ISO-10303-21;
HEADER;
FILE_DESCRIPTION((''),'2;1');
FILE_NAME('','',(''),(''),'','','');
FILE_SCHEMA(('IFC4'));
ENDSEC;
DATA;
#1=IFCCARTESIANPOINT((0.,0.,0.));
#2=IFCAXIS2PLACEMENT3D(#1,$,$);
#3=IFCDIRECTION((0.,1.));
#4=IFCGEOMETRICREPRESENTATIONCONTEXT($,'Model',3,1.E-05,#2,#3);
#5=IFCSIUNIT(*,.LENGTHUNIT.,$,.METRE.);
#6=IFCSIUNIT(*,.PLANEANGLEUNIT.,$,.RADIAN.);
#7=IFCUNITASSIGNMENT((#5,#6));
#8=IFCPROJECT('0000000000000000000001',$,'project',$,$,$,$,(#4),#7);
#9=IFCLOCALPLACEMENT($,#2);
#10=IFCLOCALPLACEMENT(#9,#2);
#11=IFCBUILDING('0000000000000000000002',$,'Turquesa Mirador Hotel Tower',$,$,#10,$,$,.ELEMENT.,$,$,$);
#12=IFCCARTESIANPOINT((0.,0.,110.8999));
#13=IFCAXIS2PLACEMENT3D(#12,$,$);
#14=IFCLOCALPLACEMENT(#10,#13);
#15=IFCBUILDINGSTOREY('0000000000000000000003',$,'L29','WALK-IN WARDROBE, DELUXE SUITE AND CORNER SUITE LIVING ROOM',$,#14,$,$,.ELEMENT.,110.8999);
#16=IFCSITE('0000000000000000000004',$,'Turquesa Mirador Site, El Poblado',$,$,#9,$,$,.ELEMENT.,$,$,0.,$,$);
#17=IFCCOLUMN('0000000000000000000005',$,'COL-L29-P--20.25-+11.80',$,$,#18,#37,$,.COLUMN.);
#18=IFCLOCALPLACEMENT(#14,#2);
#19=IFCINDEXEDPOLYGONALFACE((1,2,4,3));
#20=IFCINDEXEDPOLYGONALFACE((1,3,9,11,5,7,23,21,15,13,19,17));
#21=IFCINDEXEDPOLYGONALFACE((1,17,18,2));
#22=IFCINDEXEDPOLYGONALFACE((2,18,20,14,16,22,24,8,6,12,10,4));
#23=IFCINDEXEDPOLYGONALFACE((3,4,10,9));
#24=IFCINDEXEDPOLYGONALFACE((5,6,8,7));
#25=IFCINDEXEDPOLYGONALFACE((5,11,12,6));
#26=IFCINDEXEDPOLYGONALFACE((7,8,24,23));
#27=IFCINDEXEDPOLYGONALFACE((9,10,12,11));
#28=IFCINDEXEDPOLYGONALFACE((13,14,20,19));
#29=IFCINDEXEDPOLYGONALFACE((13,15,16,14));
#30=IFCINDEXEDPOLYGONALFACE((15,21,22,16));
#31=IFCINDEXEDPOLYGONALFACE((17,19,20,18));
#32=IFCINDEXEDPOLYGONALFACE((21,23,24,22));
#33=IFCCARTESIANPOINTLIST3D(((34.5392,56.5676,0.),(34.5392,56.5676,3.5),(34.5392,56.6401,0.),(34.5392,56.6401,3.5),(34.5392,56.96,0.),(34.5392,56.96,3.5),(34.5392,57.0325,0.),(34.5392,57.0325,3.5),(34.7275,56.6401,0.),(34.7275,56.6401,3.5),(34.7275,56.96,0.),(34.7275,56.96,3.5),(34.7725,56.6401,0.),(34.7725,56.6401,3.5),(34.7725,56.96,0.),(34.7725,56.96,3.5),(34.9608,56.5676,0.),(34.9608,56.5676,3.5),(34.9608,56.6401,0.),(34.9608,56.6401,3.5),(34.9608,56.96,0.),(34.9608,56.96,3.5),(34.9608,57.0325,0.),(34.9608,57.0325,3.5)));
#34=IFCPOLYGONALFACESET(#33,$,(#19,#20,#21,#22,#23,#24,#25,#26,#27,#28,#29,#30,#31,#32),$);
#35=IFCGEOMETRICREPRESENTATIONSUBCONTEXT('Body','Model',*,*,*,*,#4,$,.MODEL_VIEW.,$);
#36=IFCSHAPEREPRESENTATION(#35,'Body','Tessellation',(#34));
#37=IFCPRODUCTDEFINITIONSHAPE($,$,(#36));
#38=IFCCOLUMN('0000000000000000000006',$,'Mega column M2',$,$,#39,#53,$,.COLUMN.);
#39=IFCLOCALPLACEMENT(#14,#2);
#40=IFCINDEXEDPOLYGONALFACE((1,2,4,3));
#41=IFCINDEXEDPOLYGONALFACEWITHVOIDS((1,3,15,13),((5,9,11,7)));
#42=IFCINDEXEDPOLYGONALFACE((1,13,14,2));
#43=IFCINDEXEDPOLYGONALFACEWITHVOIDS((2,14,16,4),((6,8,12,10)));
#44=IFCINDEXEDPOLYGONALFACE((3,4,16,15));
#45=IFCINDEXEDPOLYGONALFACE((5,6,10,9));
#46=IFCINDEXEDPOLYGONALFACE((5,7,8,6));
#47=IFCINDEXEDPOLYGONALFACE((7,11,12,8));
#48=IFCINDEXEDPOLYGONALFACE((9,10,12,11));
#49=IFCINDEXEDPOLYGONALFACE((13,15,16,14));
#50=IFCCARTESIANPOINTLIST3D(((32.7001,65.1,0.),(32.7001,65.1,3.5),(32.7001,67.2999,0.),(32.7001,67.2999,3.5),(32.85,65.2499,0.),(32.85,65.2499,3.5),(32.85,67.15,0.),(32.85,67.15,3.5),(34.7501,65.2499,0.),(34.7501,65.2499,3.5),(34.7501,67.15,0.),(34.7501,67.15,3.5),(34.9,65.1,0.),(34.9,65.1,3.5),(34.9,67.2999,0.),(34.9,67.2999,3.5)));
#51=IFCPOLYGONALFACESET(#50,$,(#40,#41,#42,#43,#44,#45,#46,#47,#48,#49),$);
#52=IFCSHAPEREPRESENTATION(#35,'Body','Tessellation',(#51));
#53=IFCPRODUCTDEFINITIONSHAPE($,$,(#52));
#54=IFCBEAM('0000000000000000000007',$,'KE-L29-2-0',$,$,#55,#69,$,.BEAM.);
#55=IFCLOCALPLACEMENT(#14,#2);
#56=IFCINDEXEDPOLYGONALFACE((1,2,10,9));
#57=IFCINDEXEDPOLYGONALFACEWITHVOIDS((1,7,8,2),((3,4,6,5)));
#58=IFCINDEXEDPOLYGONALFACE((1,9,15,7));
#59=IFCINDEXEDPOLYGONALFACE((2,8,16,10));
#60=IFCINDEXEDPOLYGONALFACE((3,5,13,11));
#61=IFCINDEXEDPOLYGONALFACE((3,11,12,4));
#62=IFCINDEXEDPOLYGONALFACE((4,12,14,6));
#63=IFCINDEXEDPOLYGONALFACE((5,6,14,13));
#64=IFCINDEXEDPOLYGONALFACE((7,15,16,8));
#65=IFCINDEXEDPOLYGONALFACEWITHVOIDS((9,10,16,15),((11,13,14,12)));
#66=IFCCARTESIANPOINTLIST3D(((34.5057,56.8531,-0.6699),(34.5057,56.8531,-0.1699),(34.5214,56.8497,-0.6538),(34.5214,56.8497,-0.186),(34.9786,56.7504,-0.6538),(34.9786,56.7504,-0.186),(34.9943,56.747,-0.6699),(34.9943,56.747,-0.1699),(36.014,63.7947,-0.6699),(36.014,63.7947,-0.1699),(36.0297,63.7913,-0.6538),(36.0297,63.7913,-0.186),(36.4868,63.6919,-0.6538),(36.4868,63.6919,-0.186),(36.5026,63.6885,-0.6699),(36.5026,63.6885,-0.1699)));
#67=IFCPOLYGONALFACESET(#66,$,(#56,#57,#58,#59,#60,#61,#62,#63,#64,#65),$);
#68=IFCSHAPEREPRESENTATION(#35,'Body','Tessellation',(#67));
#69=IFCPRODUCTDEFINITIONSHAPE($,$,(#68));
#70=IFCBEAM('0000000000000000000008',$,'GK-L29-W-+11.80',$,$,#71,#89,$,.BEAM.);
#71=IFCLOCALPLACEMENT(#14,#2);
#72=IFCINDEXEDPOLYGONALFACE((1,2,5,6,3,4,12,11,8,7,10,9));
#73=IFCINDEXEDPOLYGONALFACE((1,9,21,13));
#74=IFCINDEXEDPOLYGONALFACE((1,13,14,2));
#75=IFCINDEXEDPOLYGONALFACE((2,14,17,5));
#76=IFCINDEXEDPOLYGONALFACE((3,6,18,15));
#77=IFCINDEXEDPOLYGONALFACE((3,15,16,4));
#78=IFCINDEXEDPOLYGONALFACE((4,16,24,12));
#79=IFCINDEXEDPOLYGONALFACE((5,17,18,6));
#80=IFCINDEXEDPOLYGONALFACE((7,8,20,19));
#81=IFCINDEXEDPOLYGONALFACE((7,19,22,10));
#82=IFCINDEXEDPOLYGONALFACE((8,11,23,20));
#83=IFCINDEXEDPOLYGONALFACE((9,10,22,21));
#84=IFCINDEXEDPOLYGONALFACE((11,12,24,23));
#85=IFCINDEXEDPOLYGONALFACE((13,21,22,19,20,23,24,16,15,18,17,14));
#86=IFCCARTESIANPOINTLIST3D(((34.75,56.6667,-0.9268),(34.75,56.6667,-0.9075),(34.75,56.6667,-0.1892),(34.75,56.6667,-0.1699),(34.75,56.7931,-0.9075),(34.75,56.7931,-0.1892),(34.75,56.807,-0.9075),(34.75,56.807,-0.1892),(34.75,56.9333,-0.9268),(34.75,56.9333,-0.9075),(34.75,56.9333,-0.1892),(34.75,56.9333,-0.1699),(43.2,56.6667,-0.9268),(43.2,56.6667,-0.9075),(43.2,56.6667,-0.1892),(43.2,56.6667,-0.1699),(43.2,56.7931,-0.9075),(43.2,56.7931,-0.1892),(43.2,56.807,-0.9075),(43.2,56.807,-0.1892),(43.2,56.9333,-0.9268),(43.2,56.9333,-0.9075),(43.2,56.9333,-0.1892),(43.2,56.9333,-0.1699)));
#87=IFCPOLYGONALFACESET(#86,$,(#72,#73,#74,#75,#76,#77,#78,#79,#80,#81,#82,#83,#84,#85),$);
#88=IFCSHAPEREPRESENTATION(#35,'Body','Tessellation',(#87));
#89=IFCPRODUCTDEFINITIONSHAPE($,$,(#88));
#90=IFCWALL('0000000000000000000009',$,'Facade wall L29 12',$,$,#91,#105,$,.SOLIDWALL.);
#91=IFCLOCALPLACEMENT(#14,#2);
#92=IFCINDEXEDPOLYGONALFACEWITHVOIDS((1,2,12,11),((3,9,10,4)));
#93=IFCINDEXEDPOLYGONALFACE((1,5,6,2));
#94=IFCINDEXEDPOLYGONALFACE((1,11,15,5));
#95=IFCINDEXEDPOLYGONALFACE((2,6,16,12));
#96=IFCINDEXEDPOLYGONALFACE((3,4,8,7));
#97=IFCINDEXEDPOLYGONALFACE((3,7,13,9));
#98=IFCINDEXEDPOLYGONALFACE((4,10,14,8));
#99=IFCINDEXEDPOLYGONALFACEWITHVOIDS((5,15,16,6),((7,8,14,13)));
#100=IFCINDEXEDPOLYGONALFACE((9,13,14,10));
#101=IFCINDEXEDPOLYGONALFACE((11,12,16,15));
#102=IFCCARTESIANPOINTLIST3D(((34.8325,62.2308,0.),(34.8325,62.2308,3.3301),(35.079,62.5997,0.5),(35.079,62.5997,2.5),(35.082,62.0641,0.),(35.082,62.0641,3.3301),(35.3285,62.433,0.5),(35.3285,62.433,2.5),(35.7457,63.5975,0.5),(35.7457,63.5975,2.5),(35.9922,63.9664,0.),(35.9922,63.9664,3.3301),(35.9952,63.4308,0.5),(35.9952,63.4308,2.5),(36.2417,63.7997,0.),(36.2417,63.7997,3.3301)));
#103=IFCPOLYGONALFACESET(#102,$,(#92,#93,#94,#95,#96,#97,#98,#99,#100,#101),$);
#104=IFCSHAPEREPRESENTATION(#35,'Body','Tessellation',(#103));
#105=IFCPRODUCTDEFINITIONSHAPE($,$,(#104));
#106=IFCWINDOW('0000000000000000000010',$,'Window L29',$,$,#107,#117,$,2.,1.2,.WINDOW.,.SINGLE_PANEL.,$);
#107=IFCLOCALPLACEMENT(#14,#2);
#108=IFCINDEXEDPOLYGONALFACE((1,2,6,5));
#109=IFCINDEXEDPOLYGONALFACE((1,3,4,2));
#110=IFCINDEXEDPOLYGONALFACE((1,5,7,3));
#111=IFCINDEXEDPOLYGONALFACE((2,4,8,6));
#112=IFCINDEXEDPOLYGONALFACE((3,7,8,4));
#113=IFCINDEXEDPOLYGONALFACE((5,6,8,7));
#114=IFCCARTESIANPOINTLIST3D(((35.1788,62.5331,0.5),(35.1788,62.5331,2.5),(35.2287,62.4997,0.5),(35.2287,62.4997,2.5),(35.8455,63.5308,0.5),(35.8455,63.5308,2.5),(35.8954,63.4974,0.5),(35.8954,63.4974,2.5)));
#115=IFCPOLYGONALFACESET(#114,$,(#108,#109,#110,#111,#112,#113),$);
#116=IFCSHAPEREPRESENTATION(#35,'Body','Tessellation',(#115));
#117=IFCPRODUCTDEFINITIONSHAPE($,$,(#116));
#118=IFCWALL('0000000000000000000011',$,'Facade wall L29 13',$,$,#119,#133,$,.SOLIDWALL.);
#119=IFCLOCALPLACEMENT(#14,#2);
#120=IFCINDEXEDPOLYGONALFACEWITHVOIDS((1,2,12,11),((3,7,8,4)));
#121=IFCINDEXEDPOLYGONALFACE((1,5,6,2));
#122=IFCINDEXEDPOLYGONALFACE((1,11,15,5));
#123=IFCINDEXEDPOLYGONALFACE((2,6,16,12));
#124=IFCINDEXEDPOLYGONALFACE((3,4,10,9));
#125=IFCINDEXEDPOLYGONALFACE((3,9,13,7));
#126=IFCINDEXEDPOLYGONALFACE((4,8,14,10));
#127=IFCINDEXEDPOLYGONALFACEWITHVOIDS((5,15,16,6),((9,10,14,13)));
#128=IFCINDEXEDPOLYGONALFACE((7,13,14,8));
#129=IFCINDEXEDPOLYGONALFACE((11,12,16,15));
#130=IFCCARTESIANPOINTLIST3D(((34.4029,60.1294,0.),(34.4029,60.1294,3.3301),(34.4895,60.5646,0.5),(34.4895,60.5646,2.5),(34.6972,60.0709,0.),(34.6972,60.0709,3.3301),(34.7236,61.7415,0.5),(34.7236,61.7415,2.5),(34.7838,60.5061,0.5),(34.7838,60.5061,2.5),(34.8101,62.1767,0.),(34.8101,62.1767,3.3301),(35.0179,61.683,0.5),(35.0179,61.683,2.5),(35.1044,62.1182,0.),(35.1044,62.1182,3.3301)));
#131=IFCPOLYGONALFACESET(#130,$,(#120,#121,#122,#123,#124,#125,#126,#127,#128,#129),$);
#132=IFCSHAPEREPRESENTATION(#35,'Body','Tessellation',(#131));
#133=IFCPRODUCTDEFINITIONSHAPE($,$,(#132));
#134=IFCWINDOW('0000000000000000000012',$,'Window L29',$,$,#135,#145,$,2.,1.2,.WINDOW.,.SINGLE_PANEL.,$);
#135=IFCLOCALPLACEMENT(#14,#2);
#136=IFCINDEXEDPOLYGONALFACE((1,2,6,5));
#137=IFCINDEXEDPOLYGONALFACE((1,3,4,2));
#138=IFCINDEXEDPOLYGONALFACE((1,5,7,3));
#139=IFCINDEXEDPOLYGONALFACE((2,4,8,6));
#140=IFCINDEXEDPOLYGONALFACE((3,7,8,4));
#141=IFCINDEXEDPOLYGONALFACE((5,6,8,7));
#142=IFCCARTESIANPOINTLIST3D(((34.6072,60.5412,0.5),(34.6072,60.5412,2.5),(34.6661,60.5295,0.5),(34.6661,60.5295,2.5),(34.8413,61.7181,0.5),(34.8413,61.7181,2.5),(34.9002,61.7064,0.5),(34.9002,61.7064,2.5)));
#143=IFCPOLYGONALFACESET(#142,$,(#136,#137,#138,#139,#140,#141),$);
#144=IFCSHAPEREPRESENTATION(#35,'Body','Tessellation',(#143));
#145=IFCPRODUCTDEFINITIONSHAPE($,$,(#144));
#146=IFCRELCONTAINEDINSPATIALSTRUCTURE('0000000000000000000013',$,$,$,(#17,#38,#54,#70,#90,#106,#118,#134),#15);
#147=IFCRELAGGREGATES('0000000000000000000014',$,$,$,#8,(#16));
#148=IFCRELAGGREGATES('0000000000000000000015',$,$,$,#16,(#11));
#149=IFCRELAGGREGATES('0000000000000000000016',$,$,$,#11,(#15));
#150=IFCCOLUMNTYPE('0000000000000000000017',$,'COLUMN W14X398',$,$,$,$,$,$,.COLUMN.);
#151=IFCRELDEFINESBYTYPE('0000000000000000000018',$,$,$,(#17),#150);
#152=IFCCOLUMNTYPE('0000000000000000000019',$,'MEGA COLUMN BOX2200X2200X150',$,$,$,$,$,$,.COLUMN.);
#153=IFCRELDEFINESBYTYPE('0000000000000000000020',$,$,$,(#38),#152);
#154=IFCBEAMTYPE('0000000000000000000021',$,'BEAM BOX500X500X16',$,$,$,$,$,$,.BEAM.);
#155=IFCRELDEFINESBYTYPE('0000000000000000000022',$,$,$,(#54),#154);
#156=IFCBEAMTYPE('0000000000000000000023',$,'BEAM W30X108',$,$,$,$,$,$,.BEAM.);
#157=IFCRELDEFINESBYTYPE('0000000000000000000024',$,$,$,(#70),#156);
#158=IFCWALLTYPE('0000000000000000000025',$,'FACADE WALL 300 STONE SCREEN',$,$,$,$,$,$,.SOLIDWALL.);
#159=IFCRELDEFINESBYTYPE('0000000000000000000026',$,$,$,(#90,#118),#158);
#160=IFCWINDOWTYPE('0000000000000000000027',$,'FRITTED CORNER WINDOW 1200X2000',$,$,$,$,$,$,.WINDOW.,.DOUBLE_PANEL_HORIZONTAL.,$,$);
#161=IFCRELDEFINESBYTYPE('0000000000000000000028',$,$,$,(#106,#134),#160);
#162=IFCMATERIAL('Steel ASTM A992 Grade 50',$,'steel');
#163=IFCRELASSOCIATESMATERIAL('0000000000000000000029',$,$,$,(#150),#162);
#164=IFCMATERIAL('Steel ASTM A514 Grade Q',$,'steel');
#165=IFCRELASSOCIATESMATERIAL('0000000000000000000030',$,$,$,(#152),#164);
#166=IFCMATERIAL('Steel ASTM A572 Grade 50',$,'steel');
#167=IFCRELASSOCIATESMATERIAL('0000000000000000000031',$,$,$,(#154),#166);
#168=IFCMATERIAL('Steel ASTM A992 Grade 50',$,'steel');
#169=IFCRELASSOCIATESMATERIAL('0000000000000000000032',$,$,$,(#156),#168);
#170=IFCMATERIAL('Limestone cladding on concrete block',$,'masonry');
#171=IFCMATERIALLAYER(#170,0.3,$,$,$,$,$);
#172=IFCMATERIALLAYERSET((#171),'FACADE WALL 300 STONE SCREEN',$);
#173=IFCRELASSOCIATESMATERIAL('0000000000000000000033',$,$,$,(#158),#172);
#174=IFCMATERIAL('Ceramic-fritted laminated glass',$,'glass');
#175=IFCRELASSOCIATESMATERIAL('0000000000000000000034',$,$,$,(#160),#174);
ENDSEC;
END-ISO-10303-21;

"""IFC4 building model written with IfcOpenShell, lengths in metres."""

from ifc_helpers import new_model, si_unit, direction, frame, frame_2d, origin, origin_2d, place, context, subcontext, project, spatial, rectangle, hollow_rectangle, i_section, extrude, material, layer, layer_set, material_profile, profile_set, type_object, element, fill, save


model = new_model("IFC4")

# Units and contexts
model_context = context("Model", 3, precision=1e-05, world=origin(), true_north=direction((0.0, 1.0)))
body_context = subcontext(model_context, "Body", "Model", "MODEL_VIEW")
ifc_project = project(units=[si_unit("LENGTHUNIT", "METRE"), si_unit("PLANEANGLEUNIT", "RADIAN")], contexts=[model_context])

# Site, building, storey
site_placement = place(None, origin())
site = spatial("IfcSite", under=ifc_project, at=site_placement, Name="Turquesa Mirador Site, El Poblado", CompositionType="ELEMENT", RefElevation=0.0)
building_placement = place(site_placement, origin())
building = spatial("IfcBuilding", under=site, at=building_placement, Name="Turquesa Mirador Hotel Tower", CompositionType="ELEMENT")
storey_placement = place(building_placement, frame((0.0, 0.0, 110.8999)))
storey = spatial("IfcBuildingStorey", under=building, at=storey_placement, Name="L29", Description="WALK-IN WARDROBE, DELUXE SUITE AND CORNER SUITE LIVING ROOM", CompositionType="ELEMENT", Elevation=110.8999)

# Columns
ifc_material_1 = material(Name="Steel ASTM A992 Grade 50", Category="steel")
ifc_material_profile_1 = material_profile(ifc_material_1, i_section(OverallWidth=0.4216, OverallDepth=0.4648, WebThickness=0.0449, FlangeThickness=0.0725, at=origin_2d()), Name="W14X398")
ifc_profile_set_1 = profile_set([ifc_material_profile_1], Name="Steel ASTM A992 Grade 50")
column_type_1 = type_object("IfcColumnType", Name="COLUMN W14X398", PredefinedType="COLUMN", material=ifc_profile_set_1)
column_1_placement = place(storey_placement, frame((34.75, 56.8, 0.0), z_axis=(0.0, 0.0, 1.0), x_axis=(1.0, 0.0, 0.0)))
element("IfcColumn", 1, at=column_1_placement, inside=storey, type_object=column_type_1, Name="COL-L29-P--20.25-+11.80", PredefinedType="COLUMN", context=body_context, shape_type="SweptSolid", body=[
    extrude(i_section(OverallWidth=0.4216, OverallDepth=0.4648, WebThickness=0.0449, FlangeThickness=0.0725, at=origin_2d()), origin(), (0.0, 0.0, 1.0), 3.5),
])
ifc_material_2 = material(Name="Steel ASTM A514 Grade Q", Category="steel")
ifc_material_profile_2 = material_profile(ifc_material_2, hollow_rectangle(XDim=2.2, YDim=2.2, WallThickness=0.1499, at=origin_2d()), Name="BOX2200X2200X150")
ifc_profile_set_2 = profile_set([ifc_material_profile_2], Name="Steel ASTM A514 Grade Q")
column_type_2 = type_object("IfcColumnType", Name="MEGA COLUMN BOX2200X2200X150", PredefinedType="COLUMN", material=ifc_profile_set_2)
column_2_placement = place(storey_placement, frame((33.8, 66.2, 0.0), z_axis=(0.0, 0.0, 1.0), x_axis=(1.0, 0.0, 0.0)))
element("IfcColumn", 2, at=column_2_placement, inside=storey, type_object=column_type_2, Name="Mega column M2", PredefinedType="COLUMN", context=body_context, shape_type="SweptSolid", body=[
    extrude(hollow_rectangle(XDim=2.2, YDim=2.2, WallThickness=0.1499, at=origin_2d()), origin(), (0.0, 0.0, 1.0), 3.5),
])

# Beams
ifc_material_3 = material(Name="Steel ASTM A572 Grade 50", Category="steel")
ifc_material_profile_3 = material_profile(ifc_material_3, hollow_rectangle(XDim=0.5, YDim=0.5, WallThickness=0.0161, at=origin_2d()), Name="BOX500X500X16")
ifc_profile_set_3 = profile_set([ifc_material_profile_3], Name="Steel ASTM A572 Grade 50")
beam_type_1 = type_object("IfcBeamType", Name="BEAM BOX500X500X16", PredefinedType="BEAM", material=ifc_profile_set_3)
beam_1_placement = place(storey_placement, frame((34.75, 56.8, -0.4199), z_axis=(0.212328, 0.977198, 0.0), x_axis=(-0.977198, 0.212328, 0.0)))
element("IfcBeam", 3, at=beam_1_placement, inside=storey, type_object=beam_type_1, Name="KE-L29-2-0", PredefinedType="BEAM", context=body_context, shape_type="SweptSolid", body=[
    extrude(hollow_rectangle(XDim=0.5, YDim=0.5, WallThickness=0.0161, at=origin_2d()), origin(), (0.0, 0.0, 1.0), 7.1035),
])
ifc_material_4 = material(Name="Steel ASTM A992 Grade 50", Category="steel")
ifc_material_profile_4 = material_profile(ifc_material_4, i_section(OverallWidth=0.2666, OverallDepth=0.7568, WebThickness=0.0139, FlangeThickness=0.0193, at=origin_2d()), Name="W30X108")
ifc_profile_set_4 = profile_set([ifc_material_profile_4], Name="Steel ASTM A992 Grade 50")
beam_type_2 = type_object("IfcBeamType", Name="BEAM W30X108", PredefinedType="BEAM", material=ifc_profile_set_4)
beam_2_placement = place(storey_placement, frame((34.75, 56.8, -0.5483), z_axis=(1.0, 0.0, 0.0), x_axis=(0.0, 1.0, 0.0)))
element("IfcBeam", 4, at=beam_2_placement, inside=storey, type_object=beam_type_2, Name="GK-L29-W-+11.80", PredefinedType="BEAM", context=body_context, shape_type="SweptSolid", body=[
    extrude(i_section(OverallWidth=0.2666, OverallDepth=0.7568, WebThickness=0.0139, FlangeThickness=0.0193, at=origin_2d()), origin(), (0.0, 0.0, 1.0), 8.45),
])

# Walls, openings, windows
ifc_material_5 = material(Name="Limestone cladding on concrete block", Category="masonry")
ifc_layer_1 = layer(ifc_material_5, 0.3)
ifc_layer_set_1 = layer_set([ifc_layer_1], Name="FACADE WALL 300 STONE SCREEN")
wall_type_1 = type_object("IfcWallType", Name="FACADE WALL 300 STONE SCREEN", PredefinedType="SOLIDWALL", material=ifc_layer_set_1)
wall_1_placement = place(storey_placement, frame((36.1169, 63.8831, 0.0), z_axis=(0.0, 0.0, 1.0), x_axis=(-0.555564, -0.831474, 0.0)))
wall_1 = element("IfcWall", 5, at=wall_1_placement, inside=storey, type_object=wall_type_1, Name="Facade wall L29 12", PredefinedType="SOLIDWALL", context=body_context, shape_type="SweptSolid", body=[
    extrude(rectangle(XDim=2.0874, YDim=0.3, at=frame_2d((1.0437, 0.0))), origin(), (0.0, 0.0, 1.0), 3.3301),
])
opening_1_placement = place(wall_1_placement, frame((0.4436, 0.0, 0.5)))
opening_1 = element("IfcOpeningElement", 6, at=opening_1_placement, cuts=wall_1, PredefinedType="OPENING", context=body_context, shape_type="SweptSolid", body=[
    extrude(rectangle(XDim=1.2, YDim=2.0, at=frame_2d((0.6001, 1.0))), frame((0.0, 0.1599, 0.0), z_axis=(0.0, -1.0, 0.0), x_axis=(1.0, 0.0, 0.0)), (0.0, 0.0, 1.0), 0.3201),
])
ifc_material_6 = material(Name="Ceramic-fritted laminated glass", Category="glass")
window_type_1 = type_object("IfcWindowType", Name="FRITTED CORNER WINDOW 1200X2000", PartitioningType="DOUBLE_PANEL_HORIZONTAL", PredefinedType="WINDOW", material=ifc_material_6)
window_1_placement = place(opening_1_placement, origin())
window_1 = element("IfcWindow", 7, at=window_1_placement, inside=storey, type_object=window_type_1, Name="Window L29", OverallHeight=2.0, OverallWidth=1.2, PartitioningType="SINGLE_PANEL", PredefinedType="WINDOW", context=body_context, shape_type="SweptSolid", body=[
    extrude(rectangle(XDim=1.2, YDim=2.0, at=frame_2d((0.6001, 1.0))), frame((0.0, 0.03, 0.0), z_axis=(0.0, -1.0, 0.0), x_axis=(1.0, 0.0, 0.0)), (0.0, 0.0, 1.0), 0.0601),
])
fill(opening_1, window_1)
wall_2_placement = place(storey_placement, frame((34.9573, 62.1475, 0.0), z_axis=(0.0, 0.0, 1.0), x_axis=(-0.195081, -0.980787, 0.0)))
wall_2 = element("IfcWall", 8, at=wall_2_placement, inside=storey, type_object=wall_type_1, Name="Facade wall L29 13", PredefinedType="SOLIDWALL", context=body_context, shape_type="SweptSolid", body=[
    extrude(rectangle(XDim=2.0874, YDim=0.3, at=frame_2d((1.0437, 0.0))), origin(), (0.0, 0.0, 1.0), 3.3301),
])
opening_2_placement = place(wall_2_placement, frame((0.4436, 0.0, 0.5)))
opening_2 = element("IfcOpeningElement", 9, at=opening_2_placement, cuts=wall_2, PredefinedType="OPENING", context=body_context, shape_type="SweptSolid", body=[
    extrude(rectangle(XDim=1.2, YDim=2.0, at=frame_2d((0.6001, 1.0))), frame((0.0, 0.1599, 0.0), z_axis=(0.0, -1.0, 0.0), x_axis=(1.0, 0.0, 0.0)), (0.0, 0.0, 1.0), 0.3201),
])
window_2_placement = place(opening_2_placement, origin())
window_2 = element("IfcWindow", 10, at=window_2_placement, inside=storey, type_object=window_type_1, Name="Window L29", OverallHeight=2.0, OverallWidth=1.2, PartitioningType="SINGLE_PANEL", PredefinedType="WINDOW", context=body_context, shape_type="SweptSolid", body=[
    extrude(rectangle(XDim=1.2, YDim=2.0, at=frame_2d((0.6001, 1.0))), frame((0.0, 0.03, 0.0), z_axis=(0.0, -1.0, 0.0), x_axis=(1.0, 0.0, 0.0)), (0.0, 0.0, 1.0), 0.0601),
])
fill(opening_2, window_2)

save(model, "model.ifc")
